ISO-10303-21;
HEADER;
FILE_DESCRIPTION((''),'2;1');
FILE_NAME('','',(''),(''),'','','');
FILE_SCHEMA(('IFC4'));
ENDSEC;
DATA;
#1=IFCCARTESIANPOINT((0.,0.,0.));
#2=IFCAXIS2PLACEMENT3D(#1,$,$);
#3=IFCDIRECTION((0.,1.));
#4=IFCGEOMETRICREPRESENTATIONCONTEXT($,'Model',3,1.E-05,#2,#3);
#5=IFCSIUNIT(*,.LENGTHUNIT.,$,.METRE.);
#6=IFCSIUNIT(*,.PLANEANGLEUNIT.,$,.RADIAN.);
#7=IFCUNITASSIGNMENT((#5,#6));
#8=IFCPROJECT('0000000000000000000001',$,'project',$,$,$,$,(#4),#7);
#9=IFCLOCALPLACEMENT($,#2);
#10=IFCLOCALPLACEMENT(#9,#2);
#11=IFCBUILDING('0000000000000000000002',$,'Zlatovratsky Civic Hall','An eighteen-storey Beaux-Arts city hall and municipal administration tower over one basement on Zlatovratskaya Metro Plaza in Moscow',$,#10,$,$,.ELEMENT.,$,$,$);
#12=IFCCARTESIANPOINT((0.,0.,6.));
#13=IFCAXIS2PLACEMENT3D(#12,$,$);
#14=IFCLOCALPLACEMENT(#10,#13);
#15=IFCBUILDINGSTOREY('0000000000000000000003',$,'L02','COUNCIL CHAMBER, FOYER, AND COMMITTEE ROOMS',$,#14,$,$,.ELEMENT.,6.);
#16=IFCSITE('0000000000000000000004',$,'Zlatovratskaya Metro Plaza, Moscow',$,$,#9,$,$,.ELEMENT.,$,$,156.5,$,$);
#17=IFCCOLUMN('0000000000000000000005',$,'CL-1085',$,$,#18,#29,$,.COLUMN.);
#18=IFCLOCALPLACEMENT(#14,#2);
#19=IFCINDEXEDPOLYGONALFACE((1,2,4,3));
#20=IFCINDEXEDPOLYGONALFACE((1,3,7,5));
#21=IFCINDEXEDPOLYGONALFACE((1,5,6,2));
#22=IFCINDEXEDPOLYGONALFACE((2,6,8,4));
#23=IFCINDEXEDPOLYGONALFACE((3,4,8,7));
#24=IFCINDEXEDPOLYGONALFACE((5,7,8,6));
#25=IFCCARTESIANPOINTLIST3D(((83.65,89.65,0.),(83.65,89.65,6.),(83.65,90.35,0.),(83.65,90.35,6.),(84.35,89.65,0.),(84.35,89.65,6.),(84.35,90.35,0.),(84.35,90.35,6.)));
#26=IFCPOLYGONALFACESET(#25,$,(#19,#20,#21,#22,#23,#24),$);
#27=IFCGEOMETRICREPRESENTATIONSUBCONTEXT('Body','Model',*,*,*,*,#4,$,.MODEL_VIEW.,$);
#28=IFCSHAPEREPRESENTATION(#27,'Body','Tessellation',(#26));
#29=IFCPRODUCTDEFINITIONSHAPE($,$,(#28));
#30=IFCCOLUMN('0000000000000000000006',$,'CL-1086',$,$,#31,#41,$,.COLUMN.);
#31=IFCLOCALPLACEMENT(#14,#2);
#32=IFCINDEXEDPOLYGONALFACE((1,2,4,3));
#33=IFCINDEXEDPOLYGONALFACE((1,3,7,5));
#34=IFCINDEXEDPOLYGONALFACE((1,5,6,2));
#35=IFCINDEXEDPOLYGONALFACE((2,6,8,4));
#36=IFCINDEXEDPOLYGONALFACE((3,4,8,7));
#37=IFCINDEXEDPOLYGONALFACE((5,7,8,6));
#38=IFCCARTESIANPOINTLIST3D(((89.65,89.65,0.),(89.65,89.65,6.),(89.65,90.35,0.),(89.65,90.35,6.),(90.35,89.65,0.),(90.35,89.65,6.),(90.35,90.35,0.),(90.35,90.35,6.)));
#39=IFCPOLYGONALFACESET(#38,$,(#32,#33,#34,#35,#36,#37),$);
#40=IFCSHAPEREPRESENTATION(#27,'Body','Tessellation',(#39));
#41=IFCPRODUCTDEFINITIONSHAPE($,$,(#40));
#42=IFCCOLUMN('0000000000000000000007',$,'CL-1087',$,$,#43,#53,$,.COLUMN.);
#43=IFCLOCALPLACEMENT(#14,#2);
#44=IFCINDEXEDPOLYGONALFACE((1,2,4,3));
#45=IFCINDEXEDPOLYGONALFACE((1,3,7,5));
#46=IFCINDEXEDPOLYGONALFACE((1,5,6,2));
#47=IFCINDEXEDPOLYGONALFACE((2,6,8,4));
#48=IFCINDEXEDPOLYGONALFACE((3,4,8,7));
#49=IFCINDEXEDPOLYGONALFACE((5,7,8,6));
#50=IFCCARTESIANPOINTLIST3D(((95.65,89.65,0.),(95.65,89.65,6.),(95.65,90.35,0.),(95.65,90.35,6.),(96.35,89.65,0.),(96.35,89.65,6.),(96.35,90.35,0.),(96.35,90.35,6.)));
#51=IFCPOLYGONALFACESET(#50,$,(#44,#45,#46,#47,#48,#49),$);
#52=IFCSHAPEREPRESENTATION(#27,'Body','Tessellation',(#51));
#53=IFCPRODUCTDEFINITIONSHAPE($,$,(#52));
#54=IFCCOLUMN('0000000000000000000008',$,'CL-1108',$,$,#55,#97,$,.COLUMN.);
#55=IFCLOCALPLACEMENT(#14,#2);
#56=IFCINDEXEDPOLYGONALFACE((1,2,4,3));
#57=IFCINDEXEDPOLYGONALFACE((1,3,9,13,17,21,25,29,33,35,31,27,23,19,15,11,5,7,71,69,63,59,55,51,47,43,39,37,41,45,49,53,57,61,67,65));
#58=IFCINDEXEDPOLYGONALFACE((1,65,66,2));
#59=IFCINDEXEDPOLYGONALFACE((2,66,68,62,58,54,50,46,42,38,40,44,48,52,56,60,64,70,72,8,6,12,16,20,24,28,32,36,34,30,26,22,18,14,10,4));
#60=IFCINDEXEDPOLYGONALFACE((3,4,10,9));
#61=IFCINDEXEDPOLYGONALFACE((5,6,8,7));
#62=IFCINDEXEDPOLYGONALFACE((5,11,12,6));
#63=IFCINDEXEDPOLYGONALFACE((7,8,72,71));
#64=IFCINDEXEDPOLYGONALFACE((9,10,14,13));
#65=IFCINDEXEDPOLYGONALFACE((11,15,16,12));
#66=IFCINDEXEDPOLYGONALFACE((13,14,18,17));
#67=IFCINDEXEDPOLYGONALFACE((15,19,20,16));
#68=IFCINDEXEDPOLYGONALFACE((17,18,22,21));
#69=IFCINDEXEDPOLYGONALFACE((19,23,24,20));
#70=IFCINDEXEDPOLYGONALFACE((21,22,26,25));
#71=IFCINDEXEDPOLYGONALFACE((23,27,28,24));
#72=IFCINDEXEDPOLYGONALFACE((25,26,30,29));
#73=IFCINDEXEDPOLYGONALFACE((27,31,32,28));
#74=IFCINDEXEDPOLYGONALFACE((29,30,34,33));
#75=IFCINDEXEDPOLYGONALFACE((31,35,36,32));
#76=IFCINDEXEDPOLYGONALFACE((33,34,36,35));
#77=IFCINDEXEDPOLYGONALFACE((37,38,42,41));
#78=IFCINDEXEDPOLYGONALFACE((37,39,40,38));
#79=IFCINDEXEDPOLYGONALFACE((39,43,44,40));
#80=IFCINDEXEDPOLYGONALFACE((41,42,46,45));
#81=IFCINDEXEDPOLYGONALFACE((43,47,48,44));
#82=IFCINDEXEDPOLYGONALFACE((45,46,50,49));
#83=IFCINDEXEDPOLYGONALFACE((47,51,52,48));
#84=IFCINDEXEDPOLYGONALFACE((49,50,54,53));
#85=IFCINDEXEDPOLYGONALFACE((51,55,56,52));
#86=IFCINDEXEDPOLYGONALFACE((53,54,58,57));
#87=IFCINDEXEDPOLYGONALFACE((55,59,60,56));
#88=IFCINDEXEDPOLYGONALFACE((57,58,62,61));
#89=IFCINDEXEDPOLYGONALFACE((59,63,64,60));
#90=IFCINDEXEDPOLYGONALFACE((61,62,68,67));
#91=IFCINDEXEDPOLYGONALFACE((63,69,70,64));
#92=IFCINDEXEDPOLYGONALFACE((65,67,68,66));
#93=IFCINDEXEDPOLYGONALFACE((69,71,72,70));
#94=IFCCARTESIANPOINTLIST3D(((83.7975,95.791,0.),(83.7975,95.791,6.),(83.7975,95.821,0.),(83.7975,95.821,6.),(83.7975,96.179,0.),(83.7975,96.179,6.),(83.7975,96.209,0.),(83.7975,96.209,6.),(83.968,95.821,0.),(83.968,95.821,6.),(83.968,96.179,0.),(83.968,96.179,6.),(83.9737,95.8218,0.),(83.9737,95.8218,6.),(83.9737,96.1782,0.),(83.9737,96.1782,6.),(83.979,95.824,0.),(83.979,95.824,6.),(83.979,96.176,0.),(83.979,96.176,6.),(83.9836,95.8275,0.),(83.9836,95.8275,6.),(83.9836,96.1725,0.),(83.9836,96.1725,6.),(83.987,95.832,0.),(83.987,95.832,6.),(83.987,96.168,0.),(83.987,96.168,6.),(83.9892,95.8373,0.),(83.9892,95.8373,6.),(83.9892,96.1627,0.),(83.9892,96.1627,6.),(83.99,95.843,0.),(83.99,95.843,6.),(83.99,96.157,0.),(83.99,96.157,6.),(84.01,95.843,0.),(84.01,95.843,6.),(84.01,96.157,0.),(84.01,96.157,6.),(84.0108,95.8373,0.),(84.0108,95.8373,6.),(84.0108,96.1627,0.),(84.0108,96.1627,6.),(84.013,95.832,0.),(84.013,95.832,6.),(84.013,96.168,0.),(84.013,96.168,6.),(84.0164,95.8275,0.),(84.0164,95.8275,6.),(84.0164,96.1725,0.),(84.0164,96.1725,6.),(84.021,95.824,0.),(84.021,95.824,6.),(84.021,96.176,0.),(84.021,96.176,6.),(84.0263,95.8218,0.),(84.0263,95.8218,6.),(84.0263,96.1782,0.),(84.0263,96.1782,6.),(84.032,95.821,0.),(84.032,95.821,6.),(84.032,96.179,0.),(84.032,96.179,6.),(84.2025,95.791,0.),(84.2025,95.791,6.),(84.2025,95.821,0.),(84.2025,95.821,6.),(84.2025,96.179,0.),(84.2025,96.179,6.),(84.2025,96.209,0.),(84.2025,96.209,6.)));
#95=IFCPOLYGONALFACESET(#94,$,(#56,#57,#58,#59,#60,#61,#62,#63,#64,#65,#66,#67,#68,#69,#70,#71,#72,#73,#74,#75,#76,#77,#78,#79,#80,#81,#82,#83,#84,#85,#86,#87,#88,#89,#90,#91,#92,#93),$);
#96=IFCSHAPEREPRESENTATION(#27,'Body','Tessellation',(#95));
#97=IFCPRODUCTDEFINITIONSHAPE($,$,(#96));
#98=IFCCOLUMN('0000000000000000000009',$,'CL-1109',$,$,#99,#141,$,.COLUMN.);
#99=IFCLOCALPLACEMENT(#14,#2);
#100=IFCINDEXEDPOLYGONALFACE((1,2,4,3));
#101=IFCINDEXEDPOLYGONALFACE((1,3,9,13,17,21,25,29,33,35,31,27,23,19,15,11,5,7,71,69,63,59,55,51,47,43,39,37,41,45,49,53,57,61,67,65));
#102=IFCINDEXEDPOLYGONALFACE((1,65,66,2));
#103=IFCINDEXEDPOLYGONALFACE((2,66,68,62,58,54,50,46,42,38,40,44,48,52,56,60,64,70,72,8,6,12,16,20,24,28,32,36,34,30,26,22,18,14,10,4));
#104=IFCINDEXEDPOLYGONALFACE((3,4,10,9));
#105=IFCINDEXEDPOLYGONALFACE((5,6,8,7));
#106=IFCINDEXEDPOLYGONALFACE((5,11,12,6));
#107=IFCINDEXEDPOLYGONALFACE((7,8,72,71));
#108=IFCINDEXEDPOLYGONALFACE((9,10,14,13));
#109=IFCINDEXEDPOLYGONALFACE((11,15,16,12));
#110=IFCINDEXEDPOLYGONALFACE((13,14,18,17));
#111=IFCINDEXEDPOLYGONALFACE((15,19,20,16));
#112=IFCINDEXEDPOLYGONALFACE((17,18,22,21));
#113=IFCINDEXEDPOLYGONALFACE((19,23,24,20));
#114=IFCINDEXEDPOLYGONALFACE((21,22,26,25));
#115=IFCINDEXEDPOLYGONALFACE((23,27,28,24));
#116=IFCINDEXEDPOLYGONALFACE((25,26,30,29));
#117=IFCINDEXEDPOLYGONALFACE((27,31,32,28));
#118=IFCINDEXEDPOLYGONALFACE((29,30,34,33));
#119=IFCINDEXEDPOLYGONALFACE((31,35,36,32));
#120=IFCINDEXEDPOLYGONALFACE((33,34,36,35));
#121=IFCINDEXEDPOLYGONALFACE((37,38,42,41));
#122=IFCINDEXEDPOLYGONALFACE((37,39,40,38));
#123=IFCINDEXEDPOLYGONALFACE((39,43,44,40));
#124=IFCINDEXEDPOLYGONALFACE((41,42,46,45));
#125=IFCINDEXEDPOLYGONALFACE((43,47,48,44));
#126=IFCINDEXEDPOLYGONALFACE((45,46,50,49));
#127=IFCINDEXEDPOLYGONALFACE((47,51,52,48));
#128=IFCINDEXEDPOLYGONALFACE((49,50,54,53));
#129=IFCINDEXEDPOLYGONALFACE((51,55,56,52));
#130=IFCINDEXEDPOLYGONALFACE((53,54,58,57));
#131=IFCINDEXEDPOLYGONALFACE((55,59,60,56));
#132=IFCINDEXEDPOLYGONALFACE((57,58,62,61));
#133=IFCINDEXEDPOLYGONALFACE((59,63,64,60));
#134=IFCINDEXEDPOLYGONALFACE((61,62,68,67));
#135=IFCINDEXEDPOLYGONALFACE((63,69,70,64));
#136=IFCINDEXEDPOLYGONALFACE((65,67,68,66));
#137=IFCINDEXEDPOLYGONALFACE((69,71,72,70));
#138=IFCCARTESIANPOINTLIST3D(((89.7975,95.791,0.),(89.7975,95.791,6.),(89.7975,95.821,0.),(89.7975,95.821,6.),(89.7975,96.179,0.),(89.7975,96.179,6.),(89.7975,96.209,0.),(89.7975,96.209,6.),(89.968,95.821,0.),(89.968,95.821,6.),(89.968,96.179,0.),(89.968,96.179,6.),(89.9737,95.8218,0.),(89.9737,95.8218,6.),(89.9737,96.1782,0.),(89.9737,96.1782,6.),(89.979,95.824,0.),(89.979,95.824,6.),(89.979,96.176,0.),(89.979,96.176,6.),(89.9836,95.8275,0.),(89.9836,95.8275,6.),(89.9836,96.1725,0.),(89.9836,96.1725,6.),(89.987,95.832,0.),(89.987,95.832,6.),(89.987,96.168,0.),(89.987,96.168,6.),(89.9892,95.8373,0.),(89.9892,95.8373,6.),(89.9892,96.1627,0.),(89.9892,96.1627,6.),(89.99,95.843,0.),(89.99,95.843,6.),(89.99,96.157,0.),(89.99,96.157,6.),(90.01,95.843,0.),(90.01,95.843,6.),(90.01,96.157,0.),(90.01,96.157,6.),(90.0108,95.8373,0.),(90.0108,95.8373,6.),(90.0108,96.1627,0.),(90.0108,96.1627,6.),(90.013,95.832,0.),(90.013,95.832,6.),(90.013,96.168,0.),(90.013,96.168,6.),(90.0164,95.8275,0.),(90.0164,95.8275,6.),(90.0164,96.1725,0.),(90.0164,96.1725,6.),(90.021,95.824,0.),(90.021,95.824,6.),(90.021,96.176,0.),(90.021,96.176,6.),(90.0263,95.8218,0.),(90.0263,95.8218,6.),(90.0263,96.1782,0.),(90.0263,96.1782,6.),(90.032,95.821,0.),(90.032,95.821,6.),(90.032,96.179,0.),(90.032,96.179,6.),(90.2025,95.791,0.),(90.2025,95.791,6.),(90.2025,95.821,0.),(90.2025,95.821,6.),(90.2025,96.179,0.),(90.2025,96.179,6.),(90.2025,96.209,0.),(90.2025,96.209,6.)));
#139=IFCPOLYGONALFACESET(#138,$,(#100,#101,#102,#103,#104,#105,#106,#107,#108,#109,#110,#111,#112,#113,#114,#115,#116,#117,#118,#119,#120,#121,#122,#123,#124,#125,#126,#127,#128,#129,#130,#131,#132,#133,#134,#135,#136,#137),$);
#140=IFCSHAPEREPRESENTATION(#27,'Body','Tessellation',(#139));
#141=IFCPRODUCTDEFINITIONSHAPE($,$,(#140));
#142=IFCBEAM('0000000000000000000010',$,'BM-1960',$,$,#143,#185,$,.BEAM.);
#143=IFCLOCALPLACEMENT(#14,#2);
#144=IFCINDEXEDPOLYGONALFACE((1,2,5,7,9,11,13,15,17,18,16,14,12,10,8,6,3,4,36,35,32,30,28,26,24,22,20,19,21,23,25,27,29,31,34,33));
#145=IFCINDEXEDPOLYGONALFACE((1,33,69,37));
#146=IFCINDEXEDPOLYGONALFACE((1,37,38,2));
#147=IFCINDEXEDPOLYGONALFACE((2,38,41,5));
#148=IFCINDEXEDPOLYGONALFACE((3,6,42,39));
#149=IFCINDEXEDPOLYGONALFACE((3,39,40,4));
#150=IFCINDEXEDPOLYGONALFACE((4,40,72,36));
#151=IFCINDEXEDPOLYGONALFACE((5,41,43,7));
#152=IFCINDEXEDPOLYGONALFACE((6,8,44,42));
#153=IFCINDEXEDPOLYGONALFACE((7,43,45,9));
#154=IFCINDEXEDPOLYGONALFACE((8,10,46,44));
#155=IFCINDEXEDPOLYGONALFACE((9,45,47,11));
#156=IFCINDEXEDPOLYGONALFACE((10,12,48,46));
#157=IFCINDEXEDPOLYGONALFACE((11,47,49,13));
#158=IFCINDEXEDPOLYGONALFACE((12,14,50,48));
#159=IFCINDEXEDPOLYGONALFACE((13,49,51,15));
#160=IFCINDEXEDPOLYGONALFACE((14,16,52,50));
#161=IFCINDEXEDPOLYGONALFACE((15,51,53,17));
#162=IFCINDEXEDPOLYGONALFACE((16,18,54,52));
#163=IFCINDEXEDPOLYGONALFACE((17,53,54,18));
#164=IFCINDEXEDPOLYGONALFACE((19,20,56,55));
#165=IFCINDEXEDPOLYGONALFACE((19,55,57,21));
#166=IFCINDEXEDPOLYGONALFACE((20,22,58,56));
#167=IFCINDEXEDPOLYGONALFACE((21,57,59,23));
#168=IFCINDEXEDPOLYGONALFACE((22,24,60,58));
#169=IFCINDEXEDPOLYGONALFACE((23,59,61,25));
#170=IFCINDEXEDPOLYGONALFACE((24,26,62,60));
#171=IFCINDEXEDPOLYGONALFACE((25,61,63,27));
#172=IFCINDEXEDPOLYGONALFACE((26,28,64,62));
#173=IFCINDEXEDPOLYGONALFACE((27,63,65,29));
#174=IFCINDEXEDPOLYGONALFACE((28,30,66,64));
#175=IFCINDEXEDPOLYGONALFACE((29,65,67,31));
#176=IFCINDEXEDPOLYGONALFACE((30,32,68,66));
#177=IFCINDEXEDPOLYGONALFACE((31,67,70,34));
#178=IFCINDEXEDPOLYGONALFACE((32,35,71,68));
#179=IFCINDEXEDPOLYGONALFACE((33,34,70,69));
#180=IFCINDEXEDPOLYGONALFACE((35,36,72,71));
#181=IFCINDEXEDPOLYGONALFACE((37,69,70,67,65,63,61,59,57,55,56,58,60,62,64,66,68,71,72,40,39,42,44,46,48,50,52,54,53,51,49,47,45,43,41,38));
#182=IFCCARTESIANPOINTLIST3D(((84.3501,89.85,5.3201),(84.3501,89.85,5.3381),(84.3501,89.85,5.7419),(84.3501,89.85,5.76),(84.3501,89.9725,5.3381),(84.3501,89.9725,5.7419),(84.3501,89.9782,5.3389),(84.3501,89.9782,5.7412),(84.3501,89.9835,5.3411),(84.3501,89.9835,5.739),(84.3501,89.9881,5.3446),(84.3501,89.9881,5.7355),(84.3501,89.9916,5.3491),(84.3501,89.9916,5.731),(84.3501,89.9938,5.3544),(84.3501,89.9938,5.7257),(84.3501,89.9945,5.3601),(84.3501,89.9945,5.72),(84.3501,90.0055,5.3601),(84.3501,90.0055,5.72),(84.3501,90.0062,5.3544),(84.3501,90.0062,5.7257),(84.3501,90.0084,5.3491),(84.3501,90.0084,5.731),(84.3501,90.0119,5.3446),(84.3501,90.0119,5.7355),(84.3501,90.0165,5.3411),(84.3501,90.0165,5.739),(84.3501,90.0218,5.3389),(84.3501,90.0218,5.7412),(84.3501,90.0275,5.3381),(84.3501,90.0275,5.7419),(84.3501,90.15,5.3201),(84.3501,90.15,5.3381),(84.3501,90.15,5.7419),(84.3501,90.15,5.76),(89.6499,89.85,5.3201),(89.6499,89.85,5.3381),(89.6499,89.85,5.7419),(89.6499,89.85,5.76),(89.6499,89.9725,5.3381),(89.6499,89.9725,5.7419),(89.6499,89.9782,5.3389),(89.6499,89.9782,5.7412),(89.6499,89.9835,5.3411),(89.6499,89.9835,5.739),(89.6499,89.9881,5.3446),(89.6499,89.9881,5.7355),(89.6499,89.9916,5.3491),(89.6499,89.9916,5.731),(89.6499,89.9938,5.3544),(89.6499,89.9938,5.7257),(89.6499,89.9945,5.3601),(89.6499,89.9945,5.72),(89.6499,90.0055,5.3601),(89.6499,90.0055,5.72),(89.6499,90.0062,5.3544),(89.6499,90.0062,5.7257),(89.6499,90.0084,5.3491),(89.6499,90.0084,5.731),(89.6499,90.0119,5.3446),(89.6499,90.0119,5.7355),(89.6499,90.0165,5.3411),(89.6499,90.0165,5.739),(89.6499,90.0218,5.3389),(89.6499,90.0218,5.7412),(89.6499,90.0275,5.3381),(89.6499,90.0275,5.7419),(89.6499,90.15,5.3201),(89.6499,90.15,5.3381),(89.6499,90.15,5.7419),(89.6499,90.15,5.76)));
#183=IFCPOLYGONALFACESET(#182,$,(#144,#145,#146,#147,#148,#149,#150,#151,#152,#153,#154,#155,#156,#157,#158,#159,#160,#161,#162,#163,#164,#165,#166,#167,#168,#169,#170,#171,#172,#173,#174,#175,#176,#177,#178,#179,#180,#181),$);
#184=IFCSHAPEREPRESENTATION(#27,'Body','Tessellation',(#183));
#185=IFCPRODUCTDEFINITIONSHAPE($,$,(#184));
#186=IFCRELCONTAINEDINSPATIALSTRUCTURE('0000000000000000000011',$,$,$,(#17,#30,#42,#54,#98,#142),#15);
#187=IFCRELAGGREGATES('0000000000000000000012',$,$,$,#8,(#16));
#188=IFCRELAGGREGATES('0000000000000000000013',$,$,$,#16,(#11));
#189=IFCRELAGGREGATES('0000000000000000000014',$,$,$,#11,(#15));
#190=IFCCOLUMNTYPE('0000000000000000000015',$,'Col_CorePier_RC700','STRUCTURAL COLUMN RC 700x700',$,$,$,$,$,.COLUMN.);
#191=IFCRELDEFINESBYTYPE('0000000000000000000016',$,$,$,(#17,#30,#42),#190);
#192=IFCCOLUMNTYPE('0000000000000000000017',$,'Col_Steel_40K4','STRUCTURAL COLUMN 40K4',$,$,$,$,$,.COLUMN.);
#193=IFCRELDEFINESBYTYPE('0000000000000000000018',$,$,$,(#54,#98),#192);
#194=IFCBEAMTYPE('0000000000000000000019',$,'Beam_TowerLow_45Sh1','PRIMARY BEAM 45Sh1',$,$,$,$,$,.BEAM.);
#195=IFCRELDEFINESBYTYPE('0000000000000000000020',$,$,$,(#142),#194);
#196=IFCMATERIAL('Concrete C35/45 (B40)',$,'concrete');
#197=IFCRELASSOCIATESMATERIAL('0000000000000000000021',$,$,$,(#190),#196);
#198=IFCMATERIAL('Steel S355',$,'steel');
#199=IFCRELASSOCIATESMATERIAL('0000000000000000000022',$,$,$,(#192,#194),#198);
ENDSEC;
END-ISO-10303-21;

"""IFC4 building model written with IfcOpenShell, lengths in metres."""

from ifc_helpers import new_model, si_unit, direction, frame, origin, origin_2d, place, context, subcontext, project, spatial, rectangle, i_section, extrude, material, material_profile, profile_set, type_object, element, save


model = new_model("IFC4")

# Units and contexts
model_context = context("Model", 3, precision=1e-05, world=origin(), true_north=direction((0.0, 1.0)))
body_context = subcontext(model_context, "Body", "Model", "MODEL_VIEW")
ifc_project = project(units=[si_unit("LENGTHUNIT", "METRE"), si_unit("PLANEANGLEUNIT", "RADIAN")], contexts=[model_context])

# Site, building, storey
site_placement = place(None, origin())
site = spatial("IfcSite", under=ifc_project, at=site_placement, Name="Zlatovratskaya Metro Plaza, Moscow", CompositionType="ELEMENT", RefElevation=156.5)
building_placement = place(site_placement, origin())
building = spatial("IfcBuilding", under=site, at=building_placement, Name="Zlatovratsky Civic Hall", Description="An eighteen-storey Beaux-Arts city hall and municipal administration tower over one basement on Zlatovratskaya Metro Plaza in Moscow", CompositionType="ELEMENT")
storey_placement = place(building_placement, frame((0.0, 0.0, 6.0)))
storey = spatial("IfcBuildingStorey", under=building, at=storey_placement, Name="L02", Description="COUNCIL CHAMBER, FOYER, AND COMMITTEE ROOMS", CompositionType="ELEMENT", Elevation=6.0)

# Columns
ifc_material_1 = material(Name="Concrete C35/45 (B40)", Category="concrete")
ifc_material_profile_1 = material_profile(ifc_material_1, rectangle(XDim=0.7, YDim=0.7, at=origin_2d()), Name="RC 700x700")
ifc_profile_set_1 = profile_set([ifc_material_profile_1], Name="Concrete C35/45 (B40)")
column_type_1 = type_object("IfcColumnType", Name="Col_CorePier_RC700", Description="STRUCTURAL COLUMN RC 700x700", PredefinedType="COLUMN", material=ifc_profile_set_1)
for number, where, z_axis, x_axis, name in (
    (1, (84.0, 90.0, 0.0), (0.0, 0.0, 1.0), (1.0, 0.0, 0.0), "CL-1085"),
    (2, (90.0, 90.0, 0.0), (0.0, 0.0, 1.0), (1.0, 0.0, 0.0), "CL-1086"),
    (3, (96.0, 90.0, 0.0), (0.0, 0.0, 1.0), (1.0, 0.0, 0.0), "CL-1087"),
):
    element("IfcColumn", number, at=place(storey_placement, frame(where, z_axis=z_axis, x_axis=x_axis)), inside=storey, type_object=column_type_1, Name=name, PredefinedType="COLUMN", context=body_context, shape_type="SweptSolid", body=[
        extrude(rectangle(XDim=0.7, YDim=0.7, at=origin_2d()), origin(), (0.0, 0.0, 1.0), 6.0),
    ])
ifc_material_2 = material(Name="Steel S355", Category="steel")
ifc_material_profile_2 = material_profile(ifc_material_2, i_section(OverallWidth=0.405, OverallDepth=0.418, WebThickness=0.02, FlangeThickness=0.03, FilletRadius=0.022, at=origin_2d()), Name="40K4")
ifc_profile_set_2 = profile_set([ifc_material_profile_2], Name="Steel S355")
column_type_2 = type_object("IfcColumnType", Name="Col_Steel_40K4", Description="STRUCTURAL COLUMN 40K4", PredefinedType="COLUMN", material=ifc_profile_set_2)
for number, where, z_axis, x_axis, name in (
    (4, (84.0, 96.0, 0.0), (0.0, 0.0, 1.0), (1.0, 0.0, 0.0), "CL-1108"),
    (5, (90.0, 96.0, 0.0), (0.0, 0.0, 1.0), (1.0, 0.0, 0.0), "CL-1109"),
):
    element("IfcColumn", number, at=place(storey_placement, frame(where, z_axis=z_axis, x_axis=x_axis)), inside=storey, type_object=column_type_2, Name=name, PredefinedType="COLUMN", context=body_context, shape_type="SweptSolid", body=[
        extrude(i_section(OverallWidth=0.405, OverallDepth=0.418, WebThickness=0.02, FlangeThickness=0.03, FilletRadius=0.022, at=origin_2d()), origin(), (0.0, 0.0, 1.0), 6.0),
    ])

# Beam
ifc_material_profile_3 = material_profile(ifc_material_2, i_section(OverallWidth=0.3, OverallDepth=0.4399, WebThickness=0.011, FlangeThickness=0.0181, FilletRadius=0.022, at=origin_2d()), Name="45Sh1")
ifc_profile_set_3 = profile_set([ifc_material_profile_3], Name="Steel S355")
beam_type_1 = type_object("IfcBeamType", Name="Beam_TowerLow_45Sh1", Description="PRIMARY BEAM 45Sh1", PredefinedType="BEAM", material=ifc_profile_set_3)
for number, where, z_axis, x_axis, name in (
    (6, (84.3501, 90.0, 5.54), (1.0, 0.0, 0.0), (0.0, 1.0, 0.0), "BM-1960"),
):
    element("IfcBeam", number, at=place(storey_placement, frame(where, z_axis=z_axis, x_axis=x_axis)), inside=storey, type_object=beam_type_1, Name=name, PredefinedType="BEAM", context=body_context, shape_type="SweptSolid", body=[
        extrude(i_section(OverallWidth=0.3, OverallDepth=0.4399, WebThickness=0.011, FlangeThickness=0.0181, FilletRadius=0.022, at=origin_2d()), origin(), (0.0, 0.0, 1.0), 5.2998),
    ])

save(model, "model.ifc")
